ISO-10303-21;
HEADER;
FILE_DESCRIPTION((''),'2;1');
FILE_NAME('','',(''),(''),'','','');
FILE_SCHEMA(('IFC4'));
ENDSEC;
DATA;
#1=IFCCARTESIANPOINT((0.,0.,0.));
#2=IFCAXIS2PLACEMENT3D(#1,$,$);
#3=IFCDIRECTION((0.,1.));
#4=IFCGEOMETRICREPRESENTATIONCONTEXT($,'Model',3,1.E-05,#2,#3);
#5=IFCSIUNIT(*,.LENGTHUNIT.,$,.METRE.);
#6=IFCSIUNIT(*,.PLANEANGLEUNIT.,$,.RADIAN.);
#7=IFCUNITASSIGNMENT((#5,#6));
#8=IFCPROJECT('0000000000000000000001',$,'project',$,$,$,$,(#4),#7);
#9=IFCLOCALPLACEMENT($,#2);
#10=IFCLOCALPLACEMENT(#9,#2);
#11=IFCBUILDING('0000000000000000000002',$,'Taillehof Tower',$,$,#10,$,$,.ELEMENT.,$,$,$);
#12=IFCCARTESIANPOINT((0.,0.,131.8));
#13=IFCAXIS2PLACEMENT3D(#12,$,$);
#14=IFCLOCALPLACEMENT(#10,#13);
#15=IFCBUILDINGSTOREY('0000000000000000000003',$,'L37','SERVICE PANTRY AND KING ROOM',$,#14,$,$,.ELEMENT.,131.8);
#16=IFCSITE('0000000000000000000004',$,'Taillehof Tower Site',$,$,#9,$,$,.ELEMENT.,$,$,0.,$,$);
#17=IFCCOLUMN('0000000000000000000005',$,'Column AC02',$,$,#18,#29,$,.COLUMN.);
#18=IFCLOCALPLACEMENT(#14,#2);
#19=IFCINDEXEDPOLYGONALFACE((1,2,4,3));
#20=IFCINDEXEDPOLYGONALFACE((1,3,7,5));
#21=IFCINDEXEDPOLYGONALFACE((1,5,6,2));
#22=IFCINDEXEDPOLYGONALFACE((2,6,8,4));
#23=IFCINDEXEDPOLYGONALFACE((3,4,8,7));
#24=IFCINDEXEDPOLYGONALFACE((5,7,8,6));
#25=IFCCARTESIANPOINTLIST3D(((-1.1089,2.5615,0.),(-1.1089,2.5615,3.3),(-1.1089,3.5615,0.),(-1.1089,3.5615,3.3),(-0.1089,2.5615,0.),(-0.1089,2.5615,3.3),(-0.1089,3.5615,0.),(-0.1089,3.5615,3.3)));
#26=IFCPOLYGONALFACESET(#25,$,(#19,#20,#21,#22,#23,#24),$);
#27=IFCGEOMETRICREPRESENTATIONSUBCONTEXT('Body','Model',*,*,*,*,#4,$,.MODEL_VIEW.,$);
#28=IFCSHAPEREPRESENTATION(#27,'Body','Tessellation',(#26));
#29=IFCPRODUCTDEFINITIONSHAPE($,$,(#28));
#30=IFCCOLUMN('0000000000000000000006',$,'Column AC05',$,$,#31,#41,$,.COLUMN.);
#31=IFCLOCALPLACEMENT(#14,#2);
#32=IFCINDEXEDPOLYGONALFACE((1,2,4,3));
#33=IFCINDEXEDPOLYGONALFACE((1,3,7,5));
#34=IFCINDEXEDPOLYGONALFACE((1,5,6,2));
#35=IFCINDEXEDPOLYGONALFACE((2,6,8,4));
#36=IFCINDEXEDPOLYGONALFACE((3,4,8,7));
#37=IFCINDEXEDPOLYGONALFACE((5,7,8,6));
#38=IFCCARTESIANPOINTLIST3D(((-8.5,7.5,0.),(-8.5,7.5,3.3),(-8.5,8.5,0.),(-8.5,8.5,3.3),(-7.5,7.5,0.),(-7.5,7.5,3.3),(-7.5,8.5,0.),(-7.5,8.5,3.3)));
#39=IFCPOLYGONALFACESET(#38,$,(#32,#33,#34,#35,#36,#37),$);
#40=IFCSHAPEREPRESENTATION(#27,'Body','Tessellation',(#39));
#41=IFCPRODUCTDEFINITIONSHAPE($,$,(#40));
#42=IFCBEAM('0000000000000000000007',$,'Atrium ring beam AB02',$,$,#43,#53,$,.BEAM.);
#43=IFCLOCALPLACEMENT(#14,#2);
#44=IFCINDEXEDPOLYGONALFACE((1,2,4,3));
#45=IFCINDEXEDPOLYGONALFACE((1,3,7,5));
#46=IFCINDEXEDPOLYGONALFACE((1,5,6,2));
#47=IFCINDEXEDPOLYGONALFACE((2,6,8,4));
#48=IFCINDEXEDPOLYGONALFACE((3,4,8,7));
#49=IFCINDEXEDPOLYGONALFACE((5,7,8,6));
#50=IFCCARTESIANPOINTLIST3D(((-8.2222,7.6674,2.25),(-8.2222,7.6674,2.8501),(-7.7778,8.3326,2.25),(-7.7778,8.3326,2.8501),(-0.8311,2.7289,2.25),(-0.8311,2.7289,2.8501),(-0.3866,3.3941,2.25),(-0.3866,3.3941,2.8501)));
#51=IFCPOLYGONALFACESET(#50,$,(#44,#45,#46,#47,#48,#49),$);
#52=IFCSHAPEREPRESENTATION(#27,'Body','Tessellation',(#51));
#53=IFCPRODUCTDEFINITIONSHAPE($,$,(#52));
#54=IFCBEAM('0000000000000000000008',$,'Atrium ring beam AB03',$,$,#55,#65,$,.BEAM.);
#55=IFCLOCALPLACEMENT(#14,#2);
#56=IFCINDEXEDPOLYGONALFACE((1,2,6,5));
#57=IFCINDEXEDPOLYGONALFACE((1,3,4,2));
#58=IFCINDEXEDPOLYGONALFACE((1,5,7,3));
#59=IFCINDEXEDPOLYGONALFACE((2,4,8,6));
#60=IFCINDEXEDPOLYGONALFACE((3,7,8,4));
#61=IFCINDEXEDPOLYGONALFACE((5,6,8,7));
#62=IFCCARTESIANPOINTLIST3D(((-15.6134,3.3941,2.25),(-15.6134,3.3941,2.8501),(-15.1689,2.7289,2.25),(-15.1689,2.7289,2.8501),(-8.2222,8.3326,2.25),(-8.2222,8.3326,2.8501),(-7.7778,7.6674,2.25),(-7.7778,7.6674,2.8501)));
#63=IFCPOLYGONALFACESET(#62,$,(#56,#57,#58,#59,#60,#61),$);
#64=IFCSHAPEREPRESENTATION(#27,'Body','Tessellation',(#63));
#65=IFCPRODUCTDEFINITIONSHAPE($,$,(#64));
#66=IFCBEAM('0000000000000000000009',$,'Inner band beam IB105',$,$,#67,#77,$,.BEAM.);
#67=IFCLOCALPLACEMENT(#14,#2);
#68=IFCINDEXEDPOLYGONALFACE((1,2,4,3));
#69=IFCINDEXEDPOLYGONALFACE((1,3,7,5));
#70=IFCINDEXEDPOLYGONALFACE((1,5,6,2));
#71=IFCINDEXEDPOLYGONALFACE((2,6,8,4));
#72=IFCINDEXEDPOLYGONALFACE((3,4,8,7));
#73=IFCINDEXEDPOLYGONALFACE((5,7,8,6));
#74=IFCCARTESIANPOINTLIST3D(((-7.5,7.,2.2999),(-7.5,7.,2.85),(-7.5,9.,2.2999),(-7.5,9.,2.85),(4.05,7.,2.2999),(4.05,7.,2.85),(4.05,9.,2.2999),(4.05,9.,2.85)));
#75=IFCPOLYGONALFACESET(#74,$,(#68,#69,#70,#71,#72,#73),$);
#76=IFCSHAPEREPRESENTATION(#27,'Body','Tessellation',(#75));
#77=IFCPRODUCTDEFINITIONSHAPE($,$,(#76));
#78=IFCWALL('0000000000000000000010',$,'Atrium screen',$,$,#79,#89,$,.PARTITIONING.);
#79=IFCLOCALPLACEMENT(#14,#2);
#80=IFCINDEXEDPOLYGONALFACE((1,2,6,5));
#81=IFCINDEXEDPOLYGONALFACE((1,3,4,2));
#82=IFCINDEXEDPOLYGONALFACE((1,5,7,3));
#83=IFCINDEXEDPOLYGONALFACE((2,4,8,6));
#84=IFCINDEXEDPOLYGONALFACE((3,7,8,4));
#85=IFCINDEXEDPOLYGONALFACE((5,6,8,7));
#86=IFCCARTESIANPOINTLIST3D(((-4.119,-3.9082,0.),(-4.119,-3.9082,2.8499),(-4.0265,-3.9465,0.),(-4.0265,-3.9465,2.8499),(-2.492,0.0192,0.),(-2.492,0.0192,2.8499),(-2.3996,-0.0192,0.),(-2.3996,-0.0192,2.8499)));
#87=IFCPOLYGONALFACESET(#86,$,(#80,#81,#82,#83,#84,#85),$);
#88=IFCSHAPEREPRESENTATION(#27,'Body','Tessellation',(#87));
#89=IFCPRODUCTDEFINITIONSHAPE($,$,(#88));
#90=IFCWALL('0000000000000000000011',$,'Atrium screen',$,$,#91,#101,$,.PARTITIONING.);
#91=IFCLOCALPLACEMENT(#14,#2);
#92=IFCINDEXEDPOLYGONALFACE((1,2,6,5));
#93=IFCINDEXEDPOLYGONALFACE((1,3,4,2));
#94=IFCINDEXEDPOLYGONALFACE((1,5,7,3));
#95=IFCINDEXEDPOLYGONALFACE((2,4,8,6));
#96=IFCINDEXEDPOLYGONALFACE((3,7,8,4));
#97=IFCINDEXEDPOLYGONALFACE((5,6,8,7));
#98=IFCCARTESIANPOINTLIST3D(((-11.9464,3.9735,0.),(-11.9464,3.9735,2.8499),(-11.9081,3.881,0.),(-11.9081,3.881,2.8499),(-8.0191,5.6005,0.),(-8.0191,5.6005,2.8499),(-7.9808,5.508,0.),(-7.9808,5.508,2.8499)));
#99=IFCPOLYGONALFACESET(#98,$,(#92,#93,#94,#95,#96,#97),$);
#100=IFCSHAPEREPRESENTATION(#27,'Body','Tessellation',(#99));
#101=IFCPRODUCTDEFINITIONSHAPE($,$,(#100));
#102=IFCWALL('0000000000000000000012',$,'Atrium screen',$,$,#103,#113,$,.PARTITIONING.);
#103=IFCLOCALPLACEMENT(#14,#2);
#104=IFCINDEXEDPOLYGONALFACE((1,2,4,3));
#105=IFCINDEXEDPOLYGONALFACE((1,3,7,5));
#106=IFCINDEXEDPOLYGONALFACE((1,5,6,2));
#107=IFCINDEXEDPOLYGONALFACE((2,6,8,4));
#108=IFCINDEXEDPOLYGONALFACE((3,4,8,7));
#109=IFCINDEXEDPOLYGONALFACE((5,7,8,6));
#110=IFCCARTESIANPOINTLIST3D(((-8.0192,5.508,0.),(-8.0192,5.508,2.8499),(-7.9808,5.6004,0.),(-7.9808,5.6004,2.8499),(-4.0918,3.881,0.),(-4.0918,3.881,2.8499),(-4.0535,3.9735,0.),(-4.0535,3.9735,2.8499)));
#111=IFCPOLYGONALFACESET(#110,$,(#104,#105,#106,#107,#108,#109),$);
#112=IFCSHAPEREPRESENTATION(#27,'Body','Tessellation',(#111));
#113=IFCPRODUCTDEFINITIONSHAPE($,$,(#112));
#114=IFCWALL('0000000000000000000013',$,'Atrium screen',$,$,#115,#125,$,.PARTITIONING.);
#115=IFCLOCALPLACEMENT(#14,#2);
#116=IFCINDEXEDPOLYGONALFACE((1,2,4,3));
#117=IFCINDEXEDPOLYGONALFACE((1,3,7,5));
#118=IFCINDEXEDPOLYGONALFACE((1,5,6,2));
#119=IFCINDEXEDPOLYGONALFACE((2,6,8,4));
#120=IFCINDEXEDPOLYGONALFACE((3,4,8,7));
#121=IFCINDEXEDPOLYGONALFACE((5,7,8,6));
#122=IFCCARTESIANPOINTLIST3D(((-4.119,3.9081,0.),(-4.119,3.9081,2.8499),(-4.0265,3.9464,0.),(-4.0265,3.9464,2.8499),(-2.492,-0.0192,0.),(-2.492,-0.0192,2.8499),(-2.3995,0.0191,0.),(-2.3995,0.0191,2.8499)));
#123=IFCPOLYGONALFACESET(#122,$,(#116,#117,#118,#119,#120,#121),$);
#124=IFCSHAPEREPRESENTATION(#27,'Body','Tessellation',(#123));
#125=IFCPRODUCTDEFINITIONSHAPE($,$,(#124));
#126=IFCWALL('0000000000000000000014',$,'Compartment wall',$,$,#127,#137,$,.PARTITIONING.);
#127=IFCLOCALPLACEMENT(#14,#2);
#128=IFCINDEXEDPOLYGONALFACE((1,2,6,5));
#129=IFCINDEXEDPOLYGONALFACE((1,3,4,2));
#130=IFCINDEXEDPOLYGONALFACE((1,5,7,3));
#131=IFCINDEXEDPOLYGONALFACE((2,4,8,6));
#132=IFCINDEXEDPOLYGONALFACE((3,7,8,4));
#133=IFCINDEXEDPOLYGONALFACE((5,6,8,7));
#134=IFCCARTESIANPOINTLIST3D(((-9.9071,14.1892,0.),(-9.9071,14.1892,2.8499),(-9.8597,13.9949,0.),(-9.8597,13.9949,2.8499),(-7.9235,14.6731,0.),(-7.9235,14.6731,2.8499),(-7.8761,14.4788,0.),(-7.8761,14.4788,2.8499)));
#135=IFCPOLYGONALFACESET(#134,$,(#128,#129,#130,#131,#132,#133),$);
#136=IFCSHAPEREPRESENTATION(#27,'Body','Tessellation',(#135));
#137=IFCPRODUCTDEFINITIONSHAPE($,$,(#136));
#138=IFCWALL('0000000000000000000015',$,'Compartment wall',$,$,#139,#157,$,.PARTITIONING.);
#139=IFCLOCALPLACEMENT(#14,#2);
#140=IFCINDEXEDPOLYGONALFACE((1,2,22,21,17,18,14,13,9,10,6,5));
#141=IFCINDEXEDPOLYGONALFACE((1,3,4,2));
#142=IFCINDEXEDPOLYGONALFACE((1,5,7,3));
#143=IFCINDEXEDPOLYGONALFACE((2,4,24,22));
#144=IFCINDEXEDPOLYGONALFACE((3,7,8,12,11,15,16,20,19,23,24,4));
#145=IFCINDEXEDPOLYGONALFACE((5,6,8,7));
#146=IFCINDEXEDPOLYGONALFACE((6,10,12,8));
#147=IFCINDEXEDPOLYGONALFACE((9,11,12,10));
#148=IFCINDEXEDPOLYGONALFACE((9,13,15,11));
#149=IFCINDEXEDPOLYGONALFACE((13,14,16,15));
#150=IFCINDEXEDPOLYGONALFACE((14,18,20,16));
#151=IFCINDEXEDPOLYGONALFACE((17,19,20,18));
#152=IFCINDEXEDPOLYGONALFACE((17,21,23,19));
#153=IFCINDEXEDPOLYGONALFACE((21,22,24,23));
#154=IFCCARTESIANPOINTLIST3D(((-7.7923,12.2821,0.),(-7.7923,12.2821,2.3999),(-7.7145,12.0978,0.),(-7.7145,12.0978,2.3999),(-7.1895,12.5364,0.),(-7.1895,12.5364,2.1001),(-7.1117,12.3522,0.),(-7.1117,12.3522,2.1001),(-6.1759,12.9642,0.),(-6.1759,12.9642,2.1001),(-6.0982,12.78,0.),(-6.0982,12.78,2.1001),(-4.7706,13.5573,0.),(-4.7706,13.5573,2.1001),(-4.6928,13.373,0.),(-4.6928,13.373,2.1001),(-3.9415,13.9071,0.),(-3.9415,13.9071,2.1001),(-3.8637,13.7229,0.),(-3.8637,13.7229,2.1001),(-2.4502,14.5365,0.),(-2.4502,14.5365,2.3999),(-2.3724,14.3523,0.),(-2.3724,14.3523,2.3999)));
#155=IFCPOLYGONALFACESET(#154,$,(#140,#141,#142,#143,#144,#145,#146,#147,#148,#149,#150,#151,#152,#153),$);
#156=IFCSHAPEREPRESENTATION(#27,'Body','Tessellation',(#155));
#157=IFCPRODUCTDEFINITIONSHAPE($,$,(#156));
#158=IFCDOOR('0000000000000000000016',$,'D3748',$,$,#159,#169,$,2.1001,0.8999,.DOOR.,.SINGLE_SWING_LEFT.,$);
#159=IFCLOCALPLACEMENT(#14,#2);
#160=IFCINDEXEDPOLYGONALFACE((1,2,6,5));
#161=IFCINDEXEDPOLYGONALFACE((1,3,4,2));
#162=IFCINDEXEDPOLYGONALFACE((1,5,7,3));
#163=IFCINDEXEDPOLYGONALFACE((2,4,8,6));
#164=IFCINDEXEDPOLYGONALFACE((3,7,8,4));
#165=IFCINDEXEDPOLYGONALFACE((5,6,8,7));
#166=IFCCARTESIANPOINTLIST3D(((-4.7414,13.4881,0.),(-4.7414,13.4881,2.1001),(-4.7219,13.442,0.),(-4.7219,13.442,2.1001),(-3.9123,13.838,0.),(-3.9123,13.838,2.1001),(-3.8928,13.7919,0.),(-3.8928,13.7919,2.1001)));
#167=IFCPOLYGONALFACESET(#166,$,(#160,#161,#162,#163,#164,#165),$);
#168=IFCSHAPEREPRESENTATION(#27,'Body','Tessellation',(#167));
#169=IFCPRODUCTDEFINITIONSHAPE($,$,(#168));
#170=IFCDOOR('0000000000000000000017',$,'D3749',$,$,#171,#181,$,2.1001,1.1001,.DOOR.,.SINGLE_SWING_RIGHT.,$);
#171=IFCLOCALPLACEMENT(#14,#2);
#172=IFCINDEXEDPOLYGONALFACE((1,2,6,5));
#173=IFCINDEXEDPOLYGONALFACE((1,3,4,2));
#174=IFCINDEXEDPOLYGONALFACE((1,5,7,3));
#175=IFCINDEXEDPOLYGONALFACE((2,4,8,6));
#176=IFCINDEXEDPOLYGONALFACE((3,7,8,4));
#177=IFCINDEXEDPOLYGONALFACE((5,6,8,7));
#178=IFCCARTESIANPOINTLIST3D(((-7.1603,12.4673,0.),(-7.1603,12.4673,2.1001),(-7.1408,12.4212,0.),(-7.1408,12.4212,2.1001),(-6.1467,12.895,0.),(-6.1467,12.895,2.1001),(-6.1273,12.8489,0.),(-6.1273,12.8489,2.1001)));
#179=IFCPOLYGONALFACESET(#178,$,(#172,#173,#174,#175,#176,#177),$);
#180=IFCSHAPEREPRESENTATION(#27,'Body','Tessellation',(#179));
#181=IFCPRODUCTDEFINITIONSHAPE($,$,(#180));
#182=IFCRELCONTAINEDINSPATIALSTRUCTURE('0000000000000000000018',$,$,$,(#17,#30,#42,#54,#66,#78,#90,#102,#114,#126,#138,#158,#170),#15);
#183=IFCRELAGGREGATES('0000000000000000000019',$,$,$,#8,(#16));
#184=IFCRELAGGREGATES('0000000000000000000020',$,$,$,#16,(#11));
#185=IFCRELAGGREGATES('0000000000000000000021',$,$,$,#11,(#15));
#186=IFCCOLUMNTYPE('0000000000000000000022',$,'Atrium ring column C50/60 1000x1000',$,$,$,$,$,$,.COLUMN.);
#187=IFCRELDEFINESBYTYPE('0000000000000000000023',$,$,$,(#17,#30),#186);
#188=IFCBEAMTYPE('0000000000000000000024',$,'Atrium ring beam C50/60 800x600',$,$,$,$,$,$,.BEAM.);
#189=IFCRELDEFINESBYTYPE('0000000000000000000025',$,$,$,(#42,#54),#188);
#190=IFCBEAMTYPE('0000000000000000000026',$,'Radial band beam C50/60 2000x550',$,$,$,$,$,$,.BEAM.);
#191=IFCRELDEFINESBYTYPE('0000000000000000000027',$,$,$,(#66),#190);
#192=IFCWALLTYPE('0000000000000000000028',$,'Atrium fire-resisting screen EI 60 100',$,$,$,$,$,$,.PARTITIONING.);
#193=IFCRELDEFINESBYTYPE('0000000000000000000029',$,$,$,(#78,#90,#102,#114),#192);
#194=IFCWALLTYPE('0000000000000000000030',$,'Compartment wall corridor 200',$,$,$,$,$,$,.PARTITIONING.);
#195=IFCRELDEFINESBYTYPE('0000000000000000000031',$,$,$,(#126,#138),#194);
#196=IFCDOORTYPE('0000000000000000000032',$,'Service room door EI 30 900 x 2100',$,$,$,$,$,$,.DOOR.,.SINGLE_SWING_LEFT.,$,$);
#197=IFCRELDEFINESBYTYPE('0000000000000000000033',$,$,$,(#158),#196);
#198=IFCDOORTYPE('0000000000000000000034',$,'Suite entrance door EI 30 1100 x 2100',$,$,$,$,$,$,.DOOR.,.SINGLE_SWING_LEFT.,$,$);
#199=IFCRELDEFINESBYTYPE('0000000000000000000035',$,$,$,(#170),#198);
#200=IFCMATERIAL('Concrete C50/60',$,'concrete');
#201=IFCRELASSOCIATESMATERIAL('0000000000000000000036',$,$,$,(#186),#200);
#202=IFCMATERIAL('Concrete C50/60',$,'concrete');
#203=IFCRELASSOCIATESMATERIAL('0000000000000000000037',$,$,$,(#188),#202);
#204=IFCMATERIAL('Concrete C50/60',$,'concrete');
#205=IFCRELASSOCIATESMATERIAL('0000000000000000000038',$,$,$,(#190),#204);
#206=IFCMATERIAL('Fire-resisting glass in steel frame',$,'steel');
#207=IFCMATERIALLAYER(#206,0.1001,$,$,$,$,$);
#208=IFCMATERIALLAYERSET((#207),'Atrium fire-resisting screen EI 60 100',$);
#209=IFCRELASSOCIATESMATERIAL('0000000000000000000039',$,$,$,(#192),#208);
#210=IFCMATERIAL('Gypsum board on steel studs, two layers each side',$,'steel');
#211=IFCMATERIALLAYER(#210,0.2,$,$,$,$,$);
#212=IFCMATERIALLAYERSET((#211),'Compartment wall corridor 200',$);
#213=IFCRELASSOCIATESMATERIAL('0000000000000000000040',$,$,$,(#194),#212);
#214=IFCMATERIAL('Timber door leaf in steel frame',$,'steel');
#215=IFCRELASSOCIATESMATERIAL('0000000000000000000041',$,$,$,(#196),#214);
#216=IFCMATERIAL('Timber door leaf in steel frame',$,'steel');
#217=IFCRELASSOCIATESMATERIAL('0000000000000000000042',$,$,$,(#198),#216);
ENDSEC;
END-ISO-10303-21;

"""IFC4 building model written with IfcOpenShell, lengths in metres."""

from ifc_helpers import new_model, si_unit, direction, frame, frame_2d, origin, origin_2d, place, context, subcontext, project, spatial, rectangle, extrude, material, layer, layer_set, material_profile, profile_set, type_object, element, fill, save


model = new_model("IFC4")

# Units and contexts
model_context = context("Model", 3, precision=1e-05, world=origin(), true_north=direction((0.0, 1.0)))
body_context = subcontext(model_context, "Body", "Model", "MODEL_VIEW")
ifc_project = project(units=[si_unit("LENGTHUNIT", "METRE"), si_unit("PLANEANGLEUNIT", "RADIAN")], contexts=[model_context])

# Site, building, storey
site_placement = place(None, origin())
site = spatial("IfcSite", under=ifc_project, at=site_placement, Name="Taillehof Tower Site", CompositionType="ELEMENT", RefElevation=0.0)
building_placement = place(site_placement, origin())
building = spatial("IfcBuilding", under=site, at=building_placement, Name="Taillehof Tower", CompositionType="ELEMENT")
storey_placement = place(building_placement, frame((0.0, 0.0, 131.8)))
storey = spatial("IfcBuildingStorey", under=building, at=storey_placement, Name="L37", Description="SERVICE PANTRY AND KING ROOM", CompositionType="ELEMENT", Elevation=131.8)

# Columns
ifc_material_1 = material(Name="Concrete C50/60", Category="concrete")
ifc_material_profile_1 = material_profile(ifc_material_1, rectangle(XDim=1.0, YDim=1.0, at=origin_2d()), Name="RC 1000x1000")
ifc_profile_set_1 = profile_set([ifc_material_profile_1], Name="Concrete C50/60")
column_type = type_object("IfcColumnType", Name="Atrium ring column C50/60 1000x1000", PredefinedType="COLUMN", material=ifc_profile_set_1)
for number, where, z_axis, x_axis, name in (
    (1, (-0.6089, 3.0615, 0.0), (0.0, 0.0, 1.0), (1.0, 0.0, 0.0), "Column AC02"),
    (2, (-8.0, 8.0, 0.0), (0.0, 0.0, 1.0), (1.0, 0.0, 0.0), "Column AC05"),
):
    element("IfcColumn", number, at=place(storey_placement, frame(where, z_axis=z_axis, x_axis=x_axis)), inside=storey, type_object=column_type, Name=name, PredefinedType="COLUMN", context=body_context, shape_type="SweptSolid", body=[
        extrude(rectangle(XDim=1.0, YDim=1.0, at=origin_2d()), origin(), (0.0, 0.0, 1.0), 3.3),
    ])

# Beams
ifc_material_2 = material(Name="Concrete C50/60", Category="concrete")
ifc_material_profile_2 = material_profile(ifc_material_2, rectangle(XDim=0.8, YDim=0.6001, at=origin_2d()), Name="RC 800x600")
ifc_profile_set_2 = profile_set([ifc_material_profile_2], Name="Concrete C50/60")
beam_type_1 = type_object("IfcBeamType", Name="Atrium ring beam C50/60 800x600", PredefinedType="BEAM", material=ifc_profile_set_2)
for number, where, z_axis, x_axis, name in (
    (3, (-0.6089, 3.0615, 2.55), (-0.831475, 0.555562, 0.0), (-0.555562, -0.831475, 0.0), "Atrium ring beam AB02"),
    (4, (-8.0, 8.0, 2.55), (-0.831475, -0.555562, 0.0), (0.555562, -0.831475, 0.0), "Atrium ring beam AB03"),
):
    element("IfcBeam", number, at=place(storey_placement, frame(where, z_axis=z_axis, x_axis=x_axis)), inside=storey, type_object=beam_type_1, Name=name, PredefinedType="BEAM", context=body_context, shape_type="SweptSolid", body=[
        extrude(rectangle(XDim=0.8, YDim=0.6001, at=origin_2d()), origin(), (0.0, 0.0, 1.0), 8.8892),
    ])
ifc_material_3 = material(Name="Concrete C50/60", Category="concrete")
ifc_material_profile_3 = material_profile(ifc_material_3, rectangle(XDim=2.0, YDim=0.55, at=origin_2d()), Name="RC 2000x550")
ifc_profile_set_3 = profile_set([ifc_material_profile_3], Name="Concrete C50/60")
beam_type_2 = type_object("IfcBeamType", Name="Radial band beam C50/60 2000x550", PredefinedType="BEAM", material=ifc_profile_set_3)
beam_placement = place(storey_placement, frame((-7.5, 8.0, 2.575), z_axis=(1.0, 0.0, 0.0), x_axis=(0.0, 1.0, 0.0)))
element("IfcBeam", 5, at=beam_placement, inside=storey, type_object=beam_type_2, Name="Inner band beam IB105", PredefinedType="BEAM", context=body_context, shape_type="SweptSolid", body=[
    extrude(rectangle(XDim=2.0, YDim=0.55, at=origin_2d()), origin(), (0.0, 0.0, 1.0), 11.55),
])

# Walls
ifc_material_4 = material(Name="Fire-resisting glass in steel frame", Category="steel")
ifc_layer_1 = layer(ifc_material_4, 0.1001)
ifc_layer_set_1 = layer_set([ifc_layer_1], Name="Atrium fire-resisting screen EI 60 100")
wall_type_1 = type_object("IfcWallType", Name="Atrium fire-resisting screen EI 60 100", PredefinedType="PARTITIONING", material=ifc_layer_set_1)
for number, where, z_axis, x_axis, name in (
    (6, (-2.4458, 0.0, 0.0), (0.0, 0.0, 1.0), (-0.382731, -0.92386, 0.0), "Atrium screen"),
    (7, (-11.9272, 3.9272, 0.0), (0.0, 0.0, 1.0), (0.92386, 0.382731, 0.0), "Atrium screen"),
    (8, (-8.0, 5.5542, 0.0), (0.0, 0.0, 1.0), (0.92386, -0.382731, 0.0), "Atrium screen"),
    (9, (-4.0728, 3.9272, 0.0), (0.0, 0.0, 1.0), (0.382731, -0.92386, 0.0), "Atrium screen"),
):
    element("IfcWall", number, at=place(storey_placement, frame(where, z_axis=z_axis, x_axis=x_axis)), inside=storey, type_object=wall_type_1, Name=name, PredefinedType="PARTITIONING", context=body_context, shape_type="SweptSolid", body=[
        extrude(rectangle(XDim=4.251, YDim=0.1001, at=frame_2d((2.1255, 0.0))), origin(), (0.0, 0.0, 1.0), 2.8499),
    ])
ifc_material_5 = material(Name="Gypsum board on steel studs, two layers each side", Category="steel")
ifc_layer_2 = layer(ifc_material_5, 0.2)
ifc_layer_set_2 = layer_set([ifc_layer_2], Name="Compartment wall corridor 200")
wall_type_2 = type_object("IfcWallType", Name="Compartment wall corridor 200", PredefinedType="PARTITIONING", material=ifc_layer_set_2)
wall_1_placement = place(storey_placement, frame((-9.8835, 14.092, 0.0), z_axis=(0.0, 0.0, 1.0), x_axis=(0.971512, 0.236989, 0.0)))
element("IfcWall", 10, at=wall_1_placement, inside=storey, type_object=wall_type_2, Name="Compartment wall", PredefinedType="PARTITIONING", context=body_context, shape_type="SweptSolid", body=[
    extrude(rectangle(XDim=2.0417, YDim=0.2, at=frame_2d((1.021, 0.0))), origin(), (0.0, 0.0, 1.0), 2.8499),
])

# Wall, openings, doors
wall_2_placement = place(storey_placement, frame((-7.7534, 12.1899, 0.0), z_axis=(0.0, 0.0, 1.0), x_axis=(0.92132, 0.388806, 0.0)))
wall_2 = element("IfcWall", 11, at=wall_2_placement, inside=storey, type_object=wall_type_2, Name="Compartment wall", PredefinedType="PARTITIONING", context=body_context, shape_type="SweptSolid", body=[
    extrude(rectangle(XDim=5.7983, YDim=0.2, at=frame_2d((2.8992, 0.0))), origin(), (0.0, 0.0, 1.0), 2.3999),
])
opening_1_placement = place(wall_2_placement, frame((3.2798, 0.0, 0.0)))
opening_1 = element("IfcOpeningElement", 12, at=opening_1_placement, cuts=wall_2, PredefinedType="OPENING", context=body_context, shape_type="SweptSolid", body=[
    extrude(rectangle(XDim=0.8999, YDim=2.1001, at=frame_2d((0.45, 1.05))), frame((0.0, 0.1099, 0.0), z_axis=(0.0, -1.0, 0.0), x_axis=(1.0, 0.0, 0.0)), (0.0, 0.0, 1.0), 0.22),
])
opening_2_placement = place(wall_2_placement, frame((0.6543, 0.0, 0.0)))
opening_2 = element("IfcOpeningElement", 13, at=opening_2_placement, cuts=wall_2, PredefinedType="OPENING", context=body_context, shape_type="SweptSolid", body=[
    extrude(rectangle(XDim=1.1001, YDim=2.1001, at=frame_2d((0.55, 1.05))), frame((0.0, 0.1099, 0.0), z_axis=(0.0, -1.0, 0.0), x_axis=(1.0, 0.0, 0.0)), (0.0, 0.0, 1.0), 0.22),
])
ifc_material_6 = material(Name="Timber door leaf in steel frame", Category="steel")
door_type_1 = type_object("IfcDoorType", Name="Service room door EI 30 900 x 2100", OperationType="SINGLE_SWING_LEFT", PredefinedType="DOOR", material=ifc_material_6)
door_1_placement = place(opening_1_placement, origin())
door_1 = element("IfcDoor", 14, at=door_1_placement, inside=storey, type_object=door_type_1, Name="D3748", OperationType="SINGLE_SWING_LEFT", OverallHeight=2.1001, OverallWidth=0.8999, PredefinedType="DOOR", context=body_context, shape_type="SweptSolid", body=[
    extrude(rectangle(XDim=0.8999, YDim=2.1001, at=frame_2d((0.45, 1.05))), frame((0.0, 0.0249, 0.0), z_axis=(0.0, -1.0, 0.0), x_axis=(1.0, 0.0, 0.0)), (0.0, 0.0, 1.0), 0.05),
])
fill(opening_1, door_1)
ifc_material_7 = material(Name="Timber door leaf in steel frame", Category="steel")
door_type_2 = type_object("IfcDoorType", Name="Suite entrance door EI 30 1100 x 2100", OperationType="SINGLE_SWING_LEFT", PredefinedType="DOOR", material=ifc_material_7)
door_2_placement = place(opening_2_placement, origin())
door_2 = element("IfcDoor", 15, at=door_2_placement, inside=storey, type_object=door_type_2, Name="D3749", OperationType="SINGLE_SWING_RIGHT", OverallHeight=2.1001, OverallWidth=1.1001, PredefinedType="DOOR", context=body_context, shape_type="SweptSolid", body=[
    extrude(rectangle(XDim=1.1001, YDim=2.1001, at=frame_2d((0.55, 1.05))), frame((0.0, 0.0249, 0.0), z_axis=(0.0, -1.0, 0.0), x_axis=(1.0, 0.0, 0.0)), (0.0, 0.0, 1.0), 0.05),
])
fill(opening_2, door_2)

save(model, "model.ifc")
